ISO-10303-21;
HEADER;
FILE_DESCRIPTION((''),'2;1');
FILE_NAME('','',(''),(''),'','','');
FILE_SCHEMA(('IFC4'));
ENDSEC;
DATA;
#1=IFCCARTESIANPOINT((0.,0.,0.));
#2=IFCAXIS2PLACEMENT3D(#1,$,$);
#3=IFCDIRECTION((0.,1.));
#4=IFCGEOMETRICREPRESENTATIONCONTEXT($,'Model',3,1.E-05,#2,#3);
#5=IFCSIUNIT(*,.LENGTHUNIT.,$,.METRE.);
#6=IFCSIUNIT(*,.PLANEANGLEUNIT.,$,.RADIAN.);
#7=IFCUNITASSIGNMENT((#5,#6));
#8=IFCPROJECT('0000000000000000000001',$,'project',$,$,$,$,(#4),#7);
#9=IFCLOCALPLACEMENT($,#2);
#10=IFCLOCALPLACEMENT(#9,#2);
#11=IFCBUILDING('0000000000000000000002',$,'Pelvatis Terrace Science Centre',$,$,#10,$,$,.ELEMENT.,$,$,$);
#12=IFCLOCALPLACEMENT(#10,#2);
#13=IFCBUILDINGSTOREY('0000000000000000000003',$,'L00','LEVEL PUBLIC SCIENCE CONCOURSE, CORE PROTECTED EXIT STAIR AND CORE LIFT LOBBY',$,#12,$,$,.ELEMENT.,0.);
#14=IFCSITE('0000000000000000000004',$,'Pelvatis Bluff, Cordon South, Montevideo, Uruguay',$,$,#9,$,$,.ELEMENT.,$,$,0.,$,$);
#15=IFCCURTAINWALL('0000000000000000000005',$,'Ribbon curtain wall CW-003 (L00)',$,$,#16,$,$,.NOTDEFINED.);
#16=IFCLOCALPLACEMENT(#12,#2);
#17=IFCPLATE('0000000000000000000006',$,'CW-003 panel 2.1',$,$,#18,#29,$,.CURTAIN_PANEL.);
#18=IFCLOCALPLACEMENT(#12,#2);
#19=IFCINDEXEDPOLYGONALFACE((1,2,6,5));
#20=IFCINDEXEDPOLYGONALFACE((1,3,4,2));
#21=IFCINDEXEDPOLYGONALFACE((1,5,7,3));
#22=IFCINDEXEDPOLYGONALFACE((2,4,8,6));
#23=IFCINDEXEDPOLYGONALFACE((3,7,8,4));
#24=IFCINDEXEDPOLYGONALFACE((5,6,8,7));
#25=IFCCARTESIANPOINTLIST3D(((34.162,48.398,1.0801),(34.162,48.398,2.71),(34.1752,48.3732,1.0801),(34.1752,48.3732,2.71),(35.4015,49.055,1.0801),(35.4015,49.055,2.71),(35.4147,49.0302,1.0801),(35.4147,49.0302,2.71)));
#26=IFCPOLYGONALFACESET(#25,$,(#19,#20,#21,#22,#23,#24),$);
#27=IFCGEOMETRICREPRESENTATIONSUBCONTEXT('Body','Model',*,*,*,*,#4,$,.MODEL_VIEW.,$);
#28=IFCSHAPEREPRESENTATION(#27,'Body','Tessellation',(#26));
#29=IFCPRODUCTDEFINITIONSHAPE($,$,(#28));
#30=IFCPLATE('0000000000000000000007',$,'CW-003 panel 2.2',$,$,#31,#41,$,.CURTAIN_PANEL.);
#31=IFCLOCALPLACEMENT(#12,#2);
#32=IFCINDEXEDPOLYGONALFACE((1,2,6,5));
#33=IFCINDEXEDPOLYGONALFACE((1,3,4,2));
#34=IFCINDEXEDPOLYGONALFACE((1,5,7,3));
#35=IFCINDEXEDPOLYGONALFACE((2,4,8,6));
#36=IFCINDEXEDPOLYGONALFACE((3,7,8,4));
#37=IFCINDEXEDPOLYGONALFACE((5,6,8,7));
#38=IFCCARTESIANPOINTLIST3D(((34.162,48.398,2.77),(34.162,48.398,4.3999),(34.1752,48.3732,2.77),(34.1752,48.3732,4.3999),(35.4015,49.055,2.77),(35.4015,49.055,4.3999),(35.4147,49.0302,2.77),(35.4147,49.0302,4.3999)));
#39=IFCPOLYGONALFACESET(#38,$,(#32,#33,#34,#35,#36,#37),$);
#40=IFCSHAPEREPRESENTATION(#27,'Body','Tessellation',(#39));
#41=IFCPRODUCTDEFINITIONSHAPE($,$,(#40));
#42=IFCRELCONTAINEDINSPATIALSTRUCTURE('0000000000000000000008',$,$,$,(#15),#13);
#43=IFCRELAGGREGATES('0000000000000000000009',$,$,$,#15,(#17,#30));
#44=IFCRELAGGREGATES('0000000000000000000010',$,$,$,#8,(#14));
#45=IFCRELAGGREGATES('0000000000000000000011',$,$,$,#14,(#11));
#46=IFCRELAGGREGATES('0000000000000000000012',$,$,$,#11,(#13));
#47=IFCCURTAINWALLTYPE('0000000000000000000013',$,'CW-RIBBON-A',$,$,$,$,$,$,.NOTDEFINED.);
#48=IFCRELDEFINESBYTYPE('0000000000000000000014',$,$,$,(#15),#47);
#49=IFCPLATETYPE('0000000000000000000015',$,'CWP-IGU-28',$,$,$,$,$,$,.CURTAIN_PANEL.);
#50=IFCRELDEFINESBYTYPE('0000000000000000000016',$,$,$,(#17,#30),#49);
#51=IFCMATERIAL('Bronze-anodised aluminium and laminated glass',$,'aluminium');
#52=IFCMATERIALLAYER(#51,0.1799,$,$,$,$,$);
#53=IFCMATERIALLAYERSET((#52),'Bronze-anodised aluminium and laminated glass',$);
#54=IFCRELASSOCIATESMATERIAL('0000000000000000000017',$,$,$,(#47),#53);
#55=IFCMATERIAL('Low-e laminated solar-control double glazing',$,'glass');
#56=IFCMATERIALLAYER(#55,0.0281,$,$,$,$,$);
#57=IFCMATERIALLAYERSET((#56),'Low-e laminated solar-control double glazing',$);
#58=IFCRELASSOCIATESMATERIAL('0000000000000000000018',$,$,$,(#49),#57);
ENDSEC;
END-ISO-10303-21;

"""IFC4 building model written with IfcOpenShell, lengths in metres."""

from ifc_helpers import new_model, si_unit, direction, frame, origin, origin_2d, place, context, subcontext, project, spatial, rectangle, extrude, material, layer, layer_set, type_object, element, aggregate, save


model = new_model("IFC4")

# Units and contexts
model_context = context("Model", 3, precision=1e-05, world=origin(), true_north=direction((0.0, 1.0)))
body_context = subcontext(model_context, "Body", "Model", "MODEL_VIEW")
ifc_project = project(units=[si_unit("LENGTHUNIT", "METRE"), si_unit("PLANEANGLEUNIT", "RADIAN")], contexts=[model_context])

# Site, building, storey
site_placement = place(None, origin())
site = spatial("IfcSite", under=ifc_project, at=site_placement, Name="Pelvatis Bluff, Cordon South, Montevideo, Uruguay", CompositionType="ELEMENT", RefElevation=0.0)
building_placement = place(site_placement, origin())
building = spatial("IfcBuilding", under=site, at=building_placement, Name="Pelvatis Terrace Science Centre", CompositionType="ELEMENT")
storey_placement = place(building_placement, origin())
storey = spatial("IfcBuildingStorey", under=building, at=storey_placement, Name="L00", Description="LEVEL PUBLIC SCIENCE CONCOURSE, CORE PROTECTED EXIT STAIR AND CORE LIFT LOBBY", CompositionType="ELEMENT", Elevation=0.0)

# Curtain wall
ifc_material_1 = material(Name="Bronze-anodised aluminium and laminated glass", Category="aluminium")
ifc_layer_1 = layer(ifc_material_1, 0.1799)
ifc_layer_set_1 = layer_set([ifc_layer_1], Name="Bronze-anodised aluminium and laminated glass")
curtain_wall_type = type_object("IfcCurtainWallType", Name="CW-RIBBON-A", PredefinedType="NOTDEFINED", material=ifc_layer_set_1)
curtain_wall_placement = place(storey_placement, origin())
curtain_wall = element("IfcCurtainWall", 1, at=curtain_wall_placement, inside=storey, type_object=curtain_wall_type, Name="Ribbon curtain wall CW-003 (L00)", PredefinedType="NOTDEFINED")

# Plates
ifc_material_2 = material(Name="Low-e laminated solar-control double glazing", Category="glass")
ifc_layer_2 = layer(ifc_material_2, 0.0281)
ifc_layer_set_2 = layer_set([ifc_layer_2], Name="Low-e laminated solar-control double glazing")
plate_type = type_object("IfcPlateType", Name="CWP-IGU-28", PredefinedType="CURTAIN_PANEL", material=ifc_layer_set_2)
plate_1_placement = place(storey_placement, frame((34.7883, 48.7141, 1.0801), z_axis=(0.0, 0.0, 1.0), x_axis=(-0.883571, -0.468298, 0.0)))
plate_1 = element("IfcPlate", 2, at=plate_1_placement, type_object=plate_type, Name="CW-003 panel 2.1", PredefinedType="CURTAIN_PANEL", context=body_context, shape_type="SweptSolid", body=[
    extrude(rectangle(XDim=1.4028, YDim=0.0281, at=origin_2d()), origin(), (0.0, 0.0, 1.0), 1.6299),
])
plate_2_placement = place(storey_placement, frame((34.7883, 48.7141, 2.77), z_axis=(0.0, 0.0, 1.0), x_axis=(-0.883571, -0.468298, 0.0)))
plate_2 = element("IfcPlate", 3, at=plate_2_placement, type_object=plate_type, Name="CW-003 panel 2.2", PredefinedType="CURTAIN_PANEL", context=body_context, shape_type="SweptSolid", body=[
    extrude(rectangle(XDim=1.4028, YDim=0.0281, at=origin_2d()), origin(), (0.0, 0.0, 1.0), 1.6299),
])
aggregate(curtain_wall, [plate_1, plate_2])

save(model, "model.ifc")
